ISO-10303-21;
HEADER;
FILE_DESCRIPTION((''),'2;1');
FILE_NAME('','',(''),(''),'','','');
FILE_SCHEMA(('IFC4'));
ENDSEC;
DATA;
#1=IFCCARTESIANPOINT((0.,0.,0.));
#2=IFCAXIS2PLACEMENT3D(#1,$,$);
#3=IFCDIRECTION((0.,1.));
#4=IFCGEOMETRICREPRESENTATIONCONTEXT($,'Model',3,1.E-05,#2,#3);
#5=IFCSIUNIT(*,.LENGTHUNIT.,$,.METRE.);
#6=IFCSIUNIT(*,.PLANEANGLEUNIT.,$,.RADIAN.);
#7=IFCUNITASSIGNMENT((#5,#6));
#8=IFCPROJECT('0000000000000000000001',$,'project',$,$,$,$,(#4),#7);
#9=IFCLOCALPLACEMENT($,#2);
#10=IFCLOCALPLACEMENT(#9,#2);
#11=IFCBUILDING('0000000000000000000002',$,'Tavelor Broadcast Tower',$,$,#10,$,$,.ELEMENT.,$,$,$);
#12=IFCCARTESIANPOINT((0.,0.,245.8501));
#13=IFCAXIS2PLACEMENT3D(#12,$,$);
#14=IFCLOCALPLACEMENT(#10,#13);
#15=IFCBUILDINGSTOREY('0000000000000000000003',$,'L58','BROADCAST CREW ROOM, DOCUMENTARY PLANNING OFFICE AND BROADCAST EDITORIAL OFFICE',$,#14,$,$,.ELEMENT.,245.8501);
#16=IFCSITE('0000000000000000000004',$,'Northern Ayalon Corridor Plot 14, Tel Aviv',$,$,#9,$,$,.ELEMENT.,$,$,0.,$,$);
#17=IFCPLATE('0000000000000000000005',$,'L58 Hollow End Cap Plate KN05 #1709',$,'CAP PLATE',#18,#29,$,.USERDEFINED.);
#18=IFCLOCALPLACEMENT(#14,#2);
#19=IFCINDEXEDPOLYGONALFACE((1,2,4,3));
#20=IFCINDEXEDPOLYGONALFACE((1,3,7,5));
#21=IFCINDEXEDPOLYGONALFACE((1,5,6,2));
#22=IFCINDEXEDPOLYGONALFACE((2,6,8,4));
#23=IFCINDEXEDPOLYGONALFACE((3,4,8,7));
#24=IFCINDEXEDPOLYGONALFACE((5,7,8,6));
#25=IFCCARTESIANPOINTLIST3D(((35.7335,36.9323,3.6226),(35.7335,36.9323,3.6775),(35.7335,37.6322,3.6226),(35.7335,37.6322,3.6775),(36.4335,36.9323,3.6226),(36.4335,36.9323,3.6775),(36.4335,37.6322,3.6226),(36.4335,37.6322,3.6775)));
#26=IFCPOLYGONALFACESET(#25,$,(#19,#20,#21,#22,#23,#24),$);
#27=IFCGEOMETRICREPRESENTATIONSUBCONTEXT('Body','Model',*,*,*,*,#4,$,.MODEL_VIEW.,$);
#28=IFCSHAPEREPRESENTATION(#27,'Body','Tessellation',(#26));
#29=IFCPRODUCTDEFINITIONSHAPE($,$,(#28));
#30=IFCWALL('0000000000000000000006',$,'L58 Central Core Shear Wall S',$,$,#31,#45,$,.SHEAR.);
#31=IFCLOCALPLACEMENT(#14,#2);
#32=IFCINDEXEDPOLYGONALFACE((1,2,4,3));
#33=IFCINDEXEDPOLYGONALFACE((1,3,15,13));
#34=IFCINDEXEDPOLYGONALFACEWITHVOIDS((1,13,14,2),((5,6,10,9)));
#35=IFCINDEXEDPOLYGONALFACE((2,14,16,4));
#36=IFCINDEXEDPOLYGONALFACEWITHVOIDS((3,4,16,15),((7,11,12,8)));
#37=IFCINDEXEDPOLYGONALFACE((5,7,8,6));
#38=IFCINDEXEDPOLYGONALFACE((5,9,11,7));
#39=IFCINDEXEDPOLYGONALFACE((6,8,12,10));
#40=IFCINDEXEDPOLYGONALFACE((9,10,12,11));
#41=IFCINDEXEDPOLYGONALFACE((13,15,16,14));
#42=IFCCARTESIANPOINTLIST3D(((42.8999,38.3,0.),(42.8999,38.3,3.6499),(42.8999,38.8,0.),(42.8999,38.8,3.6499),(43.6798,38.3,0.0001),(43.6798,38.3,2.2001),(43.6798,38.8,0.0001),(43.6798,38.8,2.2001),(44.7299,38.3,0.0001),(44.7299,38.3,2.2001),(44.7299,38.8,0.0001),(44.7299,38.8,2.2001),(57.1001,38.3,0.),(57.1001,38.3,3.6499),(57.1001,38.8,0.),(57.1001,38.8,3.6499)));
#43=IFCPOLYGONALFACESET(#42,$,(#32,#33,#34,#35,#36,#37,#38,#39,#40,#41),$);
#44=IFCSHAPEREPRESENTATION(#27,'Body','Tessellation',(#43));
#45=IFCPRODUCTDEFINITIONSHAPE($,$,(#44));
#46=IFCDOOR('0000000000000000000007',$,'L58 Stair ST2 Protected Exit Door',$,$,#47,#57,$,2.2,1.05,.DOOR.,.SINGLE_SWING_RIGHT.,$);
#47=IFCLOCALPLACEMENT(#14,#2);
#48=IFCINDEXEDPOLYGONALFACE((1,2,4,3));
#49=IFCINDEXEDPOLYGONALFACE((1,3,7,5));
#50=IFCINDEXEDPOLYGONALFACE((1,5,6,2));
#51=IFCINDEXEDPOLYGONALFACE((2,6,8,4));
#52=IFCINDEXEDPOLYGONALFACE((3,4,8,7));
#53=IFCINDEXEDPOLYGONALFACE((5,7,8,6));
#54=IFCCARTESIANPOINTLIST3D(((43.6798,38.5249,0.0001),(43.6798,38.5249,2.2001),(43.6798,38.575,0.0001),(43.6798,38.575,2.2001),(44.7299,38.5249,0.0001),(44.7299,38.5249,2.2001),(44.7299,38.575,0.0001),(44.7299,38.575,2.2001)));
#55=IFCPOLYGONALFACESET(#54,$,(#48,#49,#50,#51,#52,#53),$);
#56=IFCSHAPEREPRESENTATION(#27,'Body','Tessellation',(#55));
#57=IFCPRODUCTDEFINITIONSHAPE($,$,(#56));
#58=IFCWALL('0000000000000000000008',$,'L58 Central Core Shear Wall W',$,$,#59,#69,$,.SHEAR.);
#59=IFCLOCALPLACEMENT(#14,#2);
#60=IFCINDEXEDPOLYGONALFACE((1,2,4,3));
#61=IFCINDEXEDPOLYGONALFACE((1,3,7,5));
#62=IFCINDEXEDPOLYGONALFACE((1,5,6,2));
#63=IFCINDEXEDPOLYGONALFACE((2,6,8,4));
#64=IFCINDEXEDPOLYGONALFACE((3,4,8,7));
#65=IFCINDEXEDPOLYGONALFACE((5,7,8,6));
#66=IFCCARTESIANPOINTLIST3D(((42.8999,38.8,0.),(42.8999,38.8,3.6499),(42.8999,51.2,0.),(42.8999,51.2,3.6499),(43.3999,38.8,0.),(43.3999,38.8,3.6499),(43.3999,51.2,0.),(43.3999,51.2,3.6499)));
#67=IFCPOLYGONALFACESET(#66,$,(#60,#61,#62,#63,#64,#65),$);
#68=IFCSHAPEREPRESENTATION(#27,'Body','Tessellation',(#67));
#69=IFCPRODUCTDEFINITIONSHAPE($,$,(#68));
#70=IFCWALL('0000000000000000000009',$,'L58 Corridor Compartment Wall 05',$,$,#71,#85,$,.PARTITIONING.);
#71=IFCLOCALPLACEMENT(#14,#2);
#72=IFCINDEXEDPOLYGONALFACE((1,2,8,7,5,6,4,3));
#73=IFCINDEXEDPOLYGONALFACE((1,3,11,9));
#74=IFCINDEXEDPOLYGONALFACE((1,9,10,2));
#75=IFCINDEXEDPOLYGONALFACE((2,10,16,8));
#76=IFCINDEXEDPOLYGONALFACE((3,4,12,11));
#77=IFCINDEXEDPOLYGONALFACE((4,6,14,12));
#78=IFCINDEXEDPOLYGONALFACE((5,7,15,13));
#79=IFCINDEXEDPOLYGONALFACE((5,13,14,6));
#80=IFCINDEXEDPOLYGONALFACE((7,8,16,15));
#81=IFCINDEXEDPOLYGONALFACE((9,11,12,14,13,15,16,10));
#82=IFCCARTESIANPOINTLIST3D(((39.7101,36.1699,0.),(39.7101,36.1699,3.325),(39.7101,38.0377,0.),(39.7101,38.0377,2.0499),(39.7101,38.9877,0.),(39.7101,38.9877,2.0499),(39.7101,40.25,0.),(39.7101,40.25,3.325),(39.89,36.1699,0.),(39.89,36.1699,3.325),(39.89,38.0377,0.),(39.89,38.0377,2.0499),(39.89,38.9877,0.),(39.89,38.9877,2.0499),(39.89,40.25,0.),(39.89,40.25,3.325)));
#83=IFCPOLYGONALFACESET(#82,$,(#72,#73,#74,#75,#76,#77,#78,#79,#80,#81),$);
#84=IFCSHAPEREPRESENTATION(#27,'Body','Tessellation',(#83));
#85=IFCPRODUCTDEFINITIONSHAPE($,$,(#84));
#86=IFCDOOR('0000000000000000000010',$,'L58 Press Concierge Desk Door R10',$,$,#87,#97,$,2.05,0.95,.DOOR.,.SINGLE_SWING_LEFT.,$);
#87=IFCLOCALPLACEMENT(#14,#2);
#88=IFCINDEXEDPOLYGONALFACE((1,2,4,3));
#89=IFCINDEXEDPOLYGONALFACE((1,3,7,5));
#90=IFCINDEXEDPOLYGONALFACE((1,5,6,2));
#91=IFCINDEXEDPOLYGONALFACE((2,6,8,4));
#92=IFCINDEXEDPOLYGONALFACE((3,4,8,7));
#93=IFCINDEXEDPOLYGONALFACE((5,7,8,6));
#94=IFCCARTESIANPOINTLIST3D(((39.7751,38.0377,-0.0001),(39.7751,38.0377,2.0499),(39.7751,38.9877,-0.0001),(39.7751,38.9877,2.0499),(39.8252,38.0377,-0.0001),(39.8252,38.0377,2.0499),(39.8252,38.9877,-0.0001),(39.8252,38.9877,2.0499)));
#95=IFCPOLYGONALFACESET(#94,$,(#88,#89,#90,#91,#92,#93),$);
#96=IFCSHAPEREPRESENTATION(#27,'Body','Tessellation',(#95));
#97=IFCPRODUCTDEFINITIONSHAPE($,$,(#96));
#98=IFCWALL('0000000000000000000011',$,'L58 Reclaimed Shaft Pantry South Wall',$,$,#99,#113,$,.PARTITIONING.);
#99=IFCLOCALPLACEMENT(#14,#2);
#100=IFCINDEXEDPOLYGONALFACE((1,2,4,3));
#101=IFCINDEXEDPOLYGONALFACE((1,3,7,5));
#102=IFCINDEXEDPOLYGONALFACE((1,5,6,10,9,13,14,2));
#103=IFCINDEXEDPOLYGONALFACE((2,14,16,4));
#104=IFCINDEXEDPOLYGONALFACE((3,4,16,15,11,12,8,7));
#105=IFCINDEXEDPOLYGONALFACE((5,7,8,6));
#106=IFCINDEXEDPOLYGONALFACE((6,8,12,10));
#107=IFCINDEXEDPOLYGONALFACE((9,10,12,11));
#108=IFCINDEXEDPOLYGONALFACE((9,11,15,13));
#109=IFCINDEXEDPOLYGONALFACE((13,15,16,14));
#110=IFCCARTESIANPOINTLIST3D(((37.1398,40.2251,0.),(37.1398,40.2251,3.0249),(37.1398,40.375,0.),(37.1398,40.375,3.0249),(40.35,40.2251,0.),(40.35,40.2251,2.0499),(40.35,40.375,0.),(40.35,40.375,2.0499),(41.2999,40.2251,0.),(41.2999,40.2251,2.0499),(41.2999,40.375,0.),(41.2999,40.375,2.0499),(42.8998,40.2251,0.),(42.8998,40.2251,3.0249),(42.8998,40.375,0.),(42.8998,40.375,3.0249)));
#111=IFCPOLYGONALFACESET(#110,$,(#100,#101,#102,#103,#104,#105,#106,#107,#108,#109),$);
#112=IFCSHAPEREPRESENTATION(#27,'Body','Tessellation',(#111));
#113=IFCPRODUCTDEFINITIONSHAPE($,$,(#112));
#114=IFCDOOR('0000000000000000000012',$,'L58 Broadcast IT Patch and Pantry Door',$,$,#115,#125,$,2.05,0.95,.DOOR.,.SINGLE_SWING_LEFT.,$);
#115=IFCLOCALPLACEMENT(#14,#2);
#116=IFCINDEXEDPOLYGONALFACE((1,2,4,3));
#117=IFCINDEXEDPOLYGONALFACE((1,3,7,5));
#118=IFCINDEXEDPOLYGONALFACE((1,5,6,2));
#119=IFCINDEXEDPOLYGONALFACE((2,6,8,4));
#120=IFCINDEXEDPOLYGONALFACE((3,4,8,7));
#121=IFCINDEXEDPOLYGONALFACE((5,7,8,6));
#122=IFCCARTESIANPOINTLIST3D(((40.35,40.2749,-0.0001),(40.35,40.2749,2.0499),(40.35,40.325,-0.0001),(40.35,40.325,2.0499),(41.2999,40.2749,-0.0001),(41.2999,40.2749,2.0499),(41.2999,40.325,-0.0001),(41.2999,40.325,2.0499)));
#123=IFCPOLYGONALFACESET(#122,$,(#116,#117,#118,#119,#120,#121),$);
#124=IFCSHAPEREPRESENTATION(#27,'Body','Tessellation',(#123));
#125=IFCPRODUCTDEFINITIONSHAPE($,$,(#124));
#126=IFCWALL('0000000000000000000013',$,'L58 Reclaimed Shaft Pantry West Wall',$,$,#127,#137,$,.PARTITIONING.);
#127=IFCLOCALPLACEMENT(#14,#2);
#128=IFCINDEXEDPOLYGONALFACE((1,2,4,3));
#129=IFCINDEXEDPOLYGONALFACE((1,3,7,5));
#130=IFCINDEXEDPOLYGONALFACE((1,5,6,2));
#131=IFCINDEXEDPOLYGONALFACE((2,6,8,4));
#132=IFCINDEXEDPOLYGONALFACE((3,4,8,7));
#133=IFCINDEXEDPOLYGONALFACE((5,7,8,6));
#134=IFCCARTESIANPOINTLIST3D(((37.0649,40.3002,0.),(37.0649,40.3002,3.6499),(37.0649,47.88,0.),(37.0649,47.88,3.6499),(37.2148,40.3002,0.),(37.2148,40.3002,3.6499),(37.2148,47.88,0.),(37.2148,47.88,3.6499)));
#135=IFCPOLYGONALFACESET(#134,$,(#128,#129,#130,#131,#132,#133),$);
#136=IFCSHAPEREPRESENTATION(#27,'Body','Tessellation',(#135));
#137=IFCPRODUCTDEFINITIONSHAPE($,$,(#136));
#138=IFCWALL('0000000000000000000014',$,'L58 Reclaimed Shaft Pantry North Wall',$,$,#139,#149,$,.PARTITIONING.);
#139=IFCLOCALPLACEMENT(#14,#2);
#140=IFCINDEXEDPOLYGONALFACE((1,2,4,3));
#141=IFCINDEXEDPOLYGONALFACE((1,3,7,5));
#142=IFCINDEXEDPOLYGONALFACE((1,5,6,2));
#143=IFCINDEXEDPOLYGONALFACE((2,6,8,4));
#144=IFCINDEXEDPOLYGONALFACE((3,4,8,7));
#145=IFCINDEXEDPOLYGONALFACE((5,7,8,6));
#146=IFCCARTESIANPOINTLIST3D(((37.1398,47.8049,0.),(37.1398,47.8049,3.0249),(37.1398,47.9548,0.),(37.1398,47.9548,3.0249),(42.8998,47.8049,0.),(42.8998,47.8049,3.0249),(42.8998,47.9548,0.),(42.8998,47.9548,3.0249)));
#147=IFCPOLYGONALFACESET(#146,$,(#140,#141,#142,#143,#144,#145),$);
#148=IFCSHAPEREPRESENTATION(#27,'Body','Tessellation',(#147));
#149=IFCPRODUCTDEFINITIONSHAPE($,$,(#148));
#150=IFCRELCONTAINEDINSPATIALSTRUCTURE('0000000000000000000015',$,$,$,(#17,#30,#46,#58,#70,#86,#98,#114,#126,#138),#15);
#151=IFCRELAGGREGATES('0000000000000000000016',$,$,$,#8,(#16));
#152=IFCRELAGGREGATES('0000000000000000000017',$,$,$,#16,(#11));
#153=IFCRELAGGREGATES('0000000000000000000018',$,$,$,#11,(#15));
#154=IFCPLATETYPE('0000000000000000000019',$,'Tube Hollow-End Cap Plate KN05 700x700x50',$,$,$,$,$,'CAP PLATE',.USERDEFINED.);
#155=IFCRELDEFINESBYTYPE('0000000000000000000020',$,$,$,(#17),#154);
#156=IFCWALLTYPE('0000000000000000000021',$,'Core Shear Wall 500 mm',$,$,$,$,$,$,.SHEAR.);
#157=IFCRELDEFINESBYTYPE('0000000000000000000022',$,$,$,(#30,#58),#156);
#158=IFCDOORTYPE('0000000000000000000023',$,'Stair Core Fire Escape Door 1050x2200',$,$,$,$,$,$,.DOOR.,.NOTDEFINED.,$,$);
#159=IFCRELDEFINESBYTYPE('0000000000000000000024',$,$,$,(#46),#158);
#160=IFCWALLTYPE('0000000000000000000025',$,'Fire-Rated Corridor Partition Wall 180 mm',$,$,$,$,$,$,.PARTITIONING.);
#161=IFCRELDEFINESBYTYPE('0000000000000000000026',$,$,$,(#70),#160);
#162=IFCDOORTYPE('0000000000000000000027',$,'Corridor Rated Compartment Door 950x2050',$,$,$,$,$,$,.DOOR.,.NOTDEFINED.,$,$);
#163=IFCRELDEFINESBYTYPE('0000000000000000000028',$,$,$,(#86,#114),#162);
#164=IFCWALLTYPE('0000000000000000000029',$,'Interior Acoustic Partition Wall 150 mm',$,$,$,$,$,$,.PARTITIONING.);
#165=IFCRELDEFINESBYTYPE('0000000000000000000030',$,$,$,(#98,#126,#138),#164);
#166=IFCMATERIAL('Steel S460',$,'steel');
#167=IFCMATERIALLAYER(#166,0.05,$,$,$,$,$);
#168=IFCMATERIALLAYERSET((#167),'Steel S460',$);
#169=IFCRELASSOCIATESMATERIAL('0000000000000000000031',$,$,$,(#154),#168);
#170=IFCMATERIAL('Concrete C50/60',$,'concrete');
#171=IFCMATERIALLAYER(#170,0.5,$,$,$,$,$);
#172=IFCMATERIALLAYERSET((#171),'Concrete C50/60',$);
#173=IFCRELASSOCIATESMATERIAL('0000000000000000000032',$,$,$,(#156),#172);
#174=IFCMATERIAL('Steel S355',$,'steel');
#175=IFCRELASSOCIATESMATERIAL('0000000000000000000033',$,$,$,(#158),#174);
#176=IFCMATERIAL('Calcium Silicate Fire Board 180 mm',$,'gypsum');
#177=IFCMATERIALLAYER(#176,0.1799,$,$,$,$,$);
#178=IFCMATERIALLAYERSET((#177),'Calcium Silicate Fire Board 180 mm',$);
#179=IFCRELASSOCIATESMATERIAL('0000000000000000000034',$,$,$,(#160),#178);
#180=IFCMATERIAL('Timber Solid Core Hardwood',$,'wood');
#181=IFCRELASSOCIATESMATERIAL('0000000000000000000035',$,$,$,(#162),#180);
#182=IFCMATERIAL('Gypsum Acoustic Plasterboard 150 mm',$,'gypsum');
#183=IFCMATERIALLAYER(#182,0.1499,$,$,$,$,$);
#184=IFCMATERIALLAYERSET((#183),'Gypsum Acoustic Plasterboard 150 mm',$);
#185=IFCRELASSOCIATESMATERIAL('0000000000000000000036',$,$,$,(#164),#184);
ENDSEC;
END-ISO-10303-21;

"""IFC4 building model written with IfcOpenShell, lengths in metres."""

from ifc_helpers import new_model, si_unit, direction, frame, frame_2d, origin, origin_2d, place, context, subcontext, project, spatial, rectangle, extrude, source, transform, mapped, material, layer, layer_set, type_object, type_shapes, element, fill, save


model = new_model("IFC4")

# Units and contexts
model_context = context("Model", 3, precision=1e-05, world=origin(), true_north=direction((0.0, 1.0)))
body_context = subcontext(model_context, "Body", "Model", "MODEL_VIEW")
ifc_project = project(units=[si_unit("LENGTHUNIT", "METRE"), si_unit("PLANEANGLEUNIT", "RADIAN")], contexts=[model_context])

# Site, building, storey
site_placement = place(None, origin())
site = spatial("IfcSite", under=ifc_project, at=site_placement, Name="Northern Ayalon Corridor Plot 14, Tel Aviv", CompositionType="ELEMENT", RefElevation=0.0)
building_placement = place(site_placement, origin())
building = spatial("IfcBuilding", under=site, at=building_placement, Name="Tavelor Broadcast Tower", CompositionType="ELEMENT")
storey_placement = place(building_placement, frame((0.0, 0.0, 245.8501)))
storey = spatial("IfcBuildingStorey", under=building, at=storey_placement, Name="L58", Description="BROADCAST CREW ROOM, DOCUMENTARY PLANNING OFFICE AND BROADCAST EDITORIAL OFFICE", CompositionType="ELEMENT", Elevation=245.8501)

# Shared definitions
ifc_material_1 = material(Name="Concrete C50/60", Category="concrete")

# Shared definitions
ifc_material_2 = material(Name="Steel S355", Category="steel")

# Plate
ifc_material_3 = material(Name="Steel S460", Category="steel")
ifc_layer_1 = layer(ifc_material_3, 0.05)
ifc_layer_set_1 = layer_set([ifc_layer_1], Name="Steel S460")
plate_type = type_object("IfcPlateType", Name="Tube Hollow-End Cap Plate KN05 700x700x50", ElementType="CAP PLATE", PredefinedType="USERDEFINED", material=ifc_layer_set_1)
shared_shape = source(origin(), body_context, "Body", "SweptSolid", [
    extrude(rectangle(XDim=0.7, YDim=0.7, at=origin_2d()), origin(), (0.0, 0.0, 1.0), 0.0549),
])
type_shapes(plate_type, [shared_shape])
plate_placement = place(storey_placement, frame((36.0835, 37.2822, 3.6226), z_axis=(0.0, 0.0, 1.0), x_axis=(1.0, 0.0, 0.0)))
element("IfcPlate", 1, at=plate_placement, inside=storey, type_object=plate_type, Name="L58 Hollow End Cap Plate KN05 #1709", ObjectType="CAP PLATE", PredefinedType="USERDEFINED", context=body_context, shape_type="MappedRepresentation", body=[
    mapped(shared_shape, transform((0.0, 0.0, 0.0), scale=1.0)),
])

# Wall, opening, door
ifc_layer_2 = layer(ifc_material_1, 0.5)
ifc_layer_set_2 = layer_set([ifc_layer_2], Name="Concrete C50/60")
wall_type_1 = type_object("IfcWallType", Name="Core Shear Wall 500 mm", PredefinedType="SHEAR", material=ifc_layer_set_2)
wall_1_placement = place(storey_placement, frame((42.8999, 38.55, 0.0), z_axis=(0.0, 0.0, 1.0), x_axis=(1.0, 0.0, 0.0)))
wall_1 = element("IfcWall", 2, at=wall_1_placement, inside=storey, type_object=wall_type_1, Name="L58 Central Core Shear Wall S", PredefinedType="SHEAR", context=body_context, shape_type="SweptSolid", body=[
    extrude(rectangle(XDim=14.2002, YDim=0.5, at=frame_2d((7.1001, 0.0))), origin(), (0.0, 0.0, 1.0), 3.6499),
])
opening_1_placement = place(wall_1_placement, frame((0.78, 0.0, 0.0)))
opening_1 = element("IfcOpeningElement", 3, at=opening_1_placement, cuts=wall_1, PredefinedType="OPENING", context=body_context, shape_type="SweptSolid", body=[
    extrude(rectangle(XDim=1.05, YDim=2.2, at=frame_2d((0.5249, 1.1001))), frame((0.0, 0.26, 0.0), z_axis=(0.0, -1.0, 0.0), x_axis=(1.0, 0.0, 0.0)), (0.0, 0.0, 1.0), 0.52),
])
door_type_1 = type_object("IfcDoorType", Name="Stair Core Fire Escape Door 1050x2200", OperationType="NOTDEFINED", PredefinedType="DOOR", material=ifc_material_2)
door_1_placement = place(opening_1_placement, origin())
door_1 = element("IfcDoor", 4, at=door_1_placement, inside=storey, type_object=door_type_1, Name="L58 Stair ST2 Protected Exit Door", OperationType="SINGLE_SWING_RIGHT", OverallHeight=2.2, OverallWidth=1.05, PredefinedType="DOOR", context=body_context, shape_type="SweptSolid", body=[
    extrude(rectangle(XDim=1.05, YDim=2.2, at=frame_2d((0.5249, 1.1001))), frame((0.0, 0.0249, 0.0), z_axis=(0.0, -1.0, 0.0), x_axis=(1.0, 0.0, 0.0)), (0.0, 0.0, 1.0), 0.05),
])
fill(opening_1, door_1)

# Wall
wall_2_placement = place(storey_placement, frame((43.1499, 38.8, 0.0), z_axis=(0.0, 0.0, 1.0), x_axis=(0.0, 1.0, 0.0)))
element("IfcWall", 5, at=wall_2_placement, inside=storey, type_object=wall_type_1, Name="L58 Central Core Shear Wall W", PredefinedType="SHEAR", context=body_context, shape_type="SweptSolid", body=[
    extrude(rectangle(XDim=12.3999, YDim=0.5, at=frame_2d((6.2, 0.0))), origin(), (0.0, 0.0, 1.0), 3.6499),
])

# Walls, openings, doors
ifc_material_4 = material(Name="Calcium Silicate Fire Board 180 mm", Category="gypsum")
ifc_layer_3 = layer(ifc_material_4, 0.1799)
ifc_layer_set_3 = layer_set([ifc_layer_3], Name="Calcium Silicate Fire Board 180 mm")
wall_type_2 = type_object("IfcWallType", Name="Fire-Rated Corridor Partition Wall 180 mm", PredefinedType="PARTITIONING", material=ifc_layer_set_3)
wall_3_placement = place(storey_placement, frame((39.8, 36.1699, 0.0), z_axis=(0.0, 0.0, 1.0), x_axis=(0.0, 1.0, 0.0)))
wall_3 = element("IfcWall", 6, at=wall_3_placement, inside=storey, type_object=wall_type_2, Name="L58 Corridor Compartment Wall 05", PredefinedType="PARTITIONING", context=body_context, shape_type="SweptSolid", body=[
    extrude(rectangle(XDim=4.0801, YDim=0.1799, at=frame_2d((2.04, 0.0))), origin(), (0.0, 0.0, 1.0), 3.325),
])
opening_2_placement = place(wall_3_placement, frame((1.8677, 0.0, 0.0)))
opening_2 = element("IfcOpeningElement", 7, at=opening_2_placement, cuts=wall_3, PredefinedType="OPENING", context=body_context, shape_type="SweptSolid", body=[
    extrude(rectangle(XDim=0.95, YDim=2.05, at=frame_2d((0.4751, 1.0249))), frame((0.0, 0.1001, 0.0), z_axis=(0.0, -1.0, 0.0), x_axis=(1.0, 0.0, 0.0)), (0.0, 0.0, 1.0), 0.2),
])
ifc_material_5 = material(Name="Timber Solid Core Hardwood", Category="wood")
door_type_2 = type_object("IfcDoorType", Name="Corridor Rated Compartment Door 950x2050", OperationType="NOTDEFINED", PredefinedType="DOOR", material=ifc_material_5)
door_2_placement = place(opening_2_placement, origin())
door_2 = element("IfcDoor", 8, at=door_2_placement, inside=storey, type_object=door_type_2, Name="L58 Press Concierge Desk Door R10", OperationType="SINGLE_SWING_LEFT", OverallHeight=2.05, OverallWidth=0.95, PredefinedType="DOOR", context=body_context, shape_type="SweptSolid", body=[
    extrude(rectangle(XDim=0.95, YDim=2.05, at=frame_2d((0.4751, 1.0249))), frame((0.0, 0.0249, 0.0), z_axis=(0.0, -1.0, 0.0), x_axis=(1.0, 0.0, 0.0)), (0.0, 0.0, 1.0), 0.05),
])
fill(opening_2, door_2)
ifc_material_6 = material(Name="Gypsum Acoustic Plasterboard 150 mm", Category="gypsum")
ifc_layer_4 = layer(ifc_material_6, 0.1499)
ifc_layer_set_4 = layer_set([ifc_layer_4], Name="Gypsum Acoustic Plasterboard 150 mm")
wall_type_3 = type_object("IfcWallType", Name="Interior Acoustic Partition Wall 150 mm", PredefinedType="PARTITIONING", material=ifc_layer_set_4)
wall_4_placement = place(storey_placement, frame((37.1399, 40.3, 0.0), z_axis=(0.0, 0.0, 1.0), x_axis=(1.0, 0.0, 0.0)))
wall_4 = element("IfcWall", 9, at=wall_4_placement, inside=storey, type_object=wall_type_3, Name="L58 Reclaimed Shaft Pantry South Wall", PredefinedType="PARTITIONING", context=body_context, shape_type="SweptSolid", body=[
    extrude(rectangle(XDim=5.76, YDim=0.1499, at=frame_2d((2.8799, 0.0))), origin(), (0.0, 0.0, 1.0), 3.0249),
])
opening_3_placement = place(wall_4_placement, frame((3.21, 0.0, 0.0)))
opening_3 = element("IfcOpeningElement", 10, at=opening_3_placement, cuts=wall_4, PredefinedType="OPENING", context=body_context, shape_type="SweptSolid", body=[
    extrude(rectangle(XDim=0.95, YDim=2.05, at=frame_2d((0.4751, 1.0249))), frame((0.0, 0.085, 0.0), z_axis=(0.0, -1.0, 0.0), x_axis=(1.0, 0.0, 0.0)), (0.0, 0.0, 1.0), 0.1699),
])
door_3_placement = place(opening_3_placement, origin())
door_3 = element("IfcDoor", 11, at=door_3_placement, inside=storey, type_object=door_type_2, Name="L58 Broadcast IT Patch and Pantry Door", OperationType="SINGLE_SWING_LEFT", OverallHeight=2.05, OverallWidth=0.95, PredefinedType="DOOR", context=body_context, shape_type="SweptSolid", body=[
    extrude(rectangle(XDim=0.95, YDim=2.05, at=frame_2d((0.4751, 1.0249))), frame((0.0, 0.0249, 0.0), z_axis=(0.0, -1.0, 0.0), x_axis=(1.0, 0.0, 0.0)), (0.0, 0.0, 1.0), 0.05),
])
fill(opening_3, door_3)

# Walls
wall_5_placement = place(storey_placement, frame((37.1399, 40.3, 0.0), z_axis=(0.0, 0.0, 1.0), x_axis=(0.0, 1.0, 0.0)))
element("IfcWall", 12, at=wall_5_placement, inside=storey, type_object=wall_type_3, Name="L58 Reclaimed Shaft Pantry West Wall", PredefinedType="PARTITIONING", context=body_context, shape_type="SweptSolid", body=[
    extrude(rectangle(XDim=7.5798, YDim=0.1499, at=frame_2d((3.79, 0.0))), origin(), (0.0, 0.0, 1.0), 3.6499),
])
wall_6_placement = place(storey_placement, frame((37.1399, 47.8799, 0.0), z_axis=(0.0, 0.0, 1.0), x_axis=(1.0, 0.0, 0.0)))
element("IfcWall", 13, at=wall_6_placement, inside=storey, type_object=wall_type_3, Name="L58 Reclaimed Shaft Pantry North Wall", PredefinedType="PARTITIONING", context=body_context, shape_type="SweptSolid", body=[
    extrude(rectangle(XDim=5.76, YDim=0.1499, at=frame_2d((2.8799, 0.0))), origin(), (0.0, 0.0, 1.0), 3.0249),
])

save(model, "model.ifc")
